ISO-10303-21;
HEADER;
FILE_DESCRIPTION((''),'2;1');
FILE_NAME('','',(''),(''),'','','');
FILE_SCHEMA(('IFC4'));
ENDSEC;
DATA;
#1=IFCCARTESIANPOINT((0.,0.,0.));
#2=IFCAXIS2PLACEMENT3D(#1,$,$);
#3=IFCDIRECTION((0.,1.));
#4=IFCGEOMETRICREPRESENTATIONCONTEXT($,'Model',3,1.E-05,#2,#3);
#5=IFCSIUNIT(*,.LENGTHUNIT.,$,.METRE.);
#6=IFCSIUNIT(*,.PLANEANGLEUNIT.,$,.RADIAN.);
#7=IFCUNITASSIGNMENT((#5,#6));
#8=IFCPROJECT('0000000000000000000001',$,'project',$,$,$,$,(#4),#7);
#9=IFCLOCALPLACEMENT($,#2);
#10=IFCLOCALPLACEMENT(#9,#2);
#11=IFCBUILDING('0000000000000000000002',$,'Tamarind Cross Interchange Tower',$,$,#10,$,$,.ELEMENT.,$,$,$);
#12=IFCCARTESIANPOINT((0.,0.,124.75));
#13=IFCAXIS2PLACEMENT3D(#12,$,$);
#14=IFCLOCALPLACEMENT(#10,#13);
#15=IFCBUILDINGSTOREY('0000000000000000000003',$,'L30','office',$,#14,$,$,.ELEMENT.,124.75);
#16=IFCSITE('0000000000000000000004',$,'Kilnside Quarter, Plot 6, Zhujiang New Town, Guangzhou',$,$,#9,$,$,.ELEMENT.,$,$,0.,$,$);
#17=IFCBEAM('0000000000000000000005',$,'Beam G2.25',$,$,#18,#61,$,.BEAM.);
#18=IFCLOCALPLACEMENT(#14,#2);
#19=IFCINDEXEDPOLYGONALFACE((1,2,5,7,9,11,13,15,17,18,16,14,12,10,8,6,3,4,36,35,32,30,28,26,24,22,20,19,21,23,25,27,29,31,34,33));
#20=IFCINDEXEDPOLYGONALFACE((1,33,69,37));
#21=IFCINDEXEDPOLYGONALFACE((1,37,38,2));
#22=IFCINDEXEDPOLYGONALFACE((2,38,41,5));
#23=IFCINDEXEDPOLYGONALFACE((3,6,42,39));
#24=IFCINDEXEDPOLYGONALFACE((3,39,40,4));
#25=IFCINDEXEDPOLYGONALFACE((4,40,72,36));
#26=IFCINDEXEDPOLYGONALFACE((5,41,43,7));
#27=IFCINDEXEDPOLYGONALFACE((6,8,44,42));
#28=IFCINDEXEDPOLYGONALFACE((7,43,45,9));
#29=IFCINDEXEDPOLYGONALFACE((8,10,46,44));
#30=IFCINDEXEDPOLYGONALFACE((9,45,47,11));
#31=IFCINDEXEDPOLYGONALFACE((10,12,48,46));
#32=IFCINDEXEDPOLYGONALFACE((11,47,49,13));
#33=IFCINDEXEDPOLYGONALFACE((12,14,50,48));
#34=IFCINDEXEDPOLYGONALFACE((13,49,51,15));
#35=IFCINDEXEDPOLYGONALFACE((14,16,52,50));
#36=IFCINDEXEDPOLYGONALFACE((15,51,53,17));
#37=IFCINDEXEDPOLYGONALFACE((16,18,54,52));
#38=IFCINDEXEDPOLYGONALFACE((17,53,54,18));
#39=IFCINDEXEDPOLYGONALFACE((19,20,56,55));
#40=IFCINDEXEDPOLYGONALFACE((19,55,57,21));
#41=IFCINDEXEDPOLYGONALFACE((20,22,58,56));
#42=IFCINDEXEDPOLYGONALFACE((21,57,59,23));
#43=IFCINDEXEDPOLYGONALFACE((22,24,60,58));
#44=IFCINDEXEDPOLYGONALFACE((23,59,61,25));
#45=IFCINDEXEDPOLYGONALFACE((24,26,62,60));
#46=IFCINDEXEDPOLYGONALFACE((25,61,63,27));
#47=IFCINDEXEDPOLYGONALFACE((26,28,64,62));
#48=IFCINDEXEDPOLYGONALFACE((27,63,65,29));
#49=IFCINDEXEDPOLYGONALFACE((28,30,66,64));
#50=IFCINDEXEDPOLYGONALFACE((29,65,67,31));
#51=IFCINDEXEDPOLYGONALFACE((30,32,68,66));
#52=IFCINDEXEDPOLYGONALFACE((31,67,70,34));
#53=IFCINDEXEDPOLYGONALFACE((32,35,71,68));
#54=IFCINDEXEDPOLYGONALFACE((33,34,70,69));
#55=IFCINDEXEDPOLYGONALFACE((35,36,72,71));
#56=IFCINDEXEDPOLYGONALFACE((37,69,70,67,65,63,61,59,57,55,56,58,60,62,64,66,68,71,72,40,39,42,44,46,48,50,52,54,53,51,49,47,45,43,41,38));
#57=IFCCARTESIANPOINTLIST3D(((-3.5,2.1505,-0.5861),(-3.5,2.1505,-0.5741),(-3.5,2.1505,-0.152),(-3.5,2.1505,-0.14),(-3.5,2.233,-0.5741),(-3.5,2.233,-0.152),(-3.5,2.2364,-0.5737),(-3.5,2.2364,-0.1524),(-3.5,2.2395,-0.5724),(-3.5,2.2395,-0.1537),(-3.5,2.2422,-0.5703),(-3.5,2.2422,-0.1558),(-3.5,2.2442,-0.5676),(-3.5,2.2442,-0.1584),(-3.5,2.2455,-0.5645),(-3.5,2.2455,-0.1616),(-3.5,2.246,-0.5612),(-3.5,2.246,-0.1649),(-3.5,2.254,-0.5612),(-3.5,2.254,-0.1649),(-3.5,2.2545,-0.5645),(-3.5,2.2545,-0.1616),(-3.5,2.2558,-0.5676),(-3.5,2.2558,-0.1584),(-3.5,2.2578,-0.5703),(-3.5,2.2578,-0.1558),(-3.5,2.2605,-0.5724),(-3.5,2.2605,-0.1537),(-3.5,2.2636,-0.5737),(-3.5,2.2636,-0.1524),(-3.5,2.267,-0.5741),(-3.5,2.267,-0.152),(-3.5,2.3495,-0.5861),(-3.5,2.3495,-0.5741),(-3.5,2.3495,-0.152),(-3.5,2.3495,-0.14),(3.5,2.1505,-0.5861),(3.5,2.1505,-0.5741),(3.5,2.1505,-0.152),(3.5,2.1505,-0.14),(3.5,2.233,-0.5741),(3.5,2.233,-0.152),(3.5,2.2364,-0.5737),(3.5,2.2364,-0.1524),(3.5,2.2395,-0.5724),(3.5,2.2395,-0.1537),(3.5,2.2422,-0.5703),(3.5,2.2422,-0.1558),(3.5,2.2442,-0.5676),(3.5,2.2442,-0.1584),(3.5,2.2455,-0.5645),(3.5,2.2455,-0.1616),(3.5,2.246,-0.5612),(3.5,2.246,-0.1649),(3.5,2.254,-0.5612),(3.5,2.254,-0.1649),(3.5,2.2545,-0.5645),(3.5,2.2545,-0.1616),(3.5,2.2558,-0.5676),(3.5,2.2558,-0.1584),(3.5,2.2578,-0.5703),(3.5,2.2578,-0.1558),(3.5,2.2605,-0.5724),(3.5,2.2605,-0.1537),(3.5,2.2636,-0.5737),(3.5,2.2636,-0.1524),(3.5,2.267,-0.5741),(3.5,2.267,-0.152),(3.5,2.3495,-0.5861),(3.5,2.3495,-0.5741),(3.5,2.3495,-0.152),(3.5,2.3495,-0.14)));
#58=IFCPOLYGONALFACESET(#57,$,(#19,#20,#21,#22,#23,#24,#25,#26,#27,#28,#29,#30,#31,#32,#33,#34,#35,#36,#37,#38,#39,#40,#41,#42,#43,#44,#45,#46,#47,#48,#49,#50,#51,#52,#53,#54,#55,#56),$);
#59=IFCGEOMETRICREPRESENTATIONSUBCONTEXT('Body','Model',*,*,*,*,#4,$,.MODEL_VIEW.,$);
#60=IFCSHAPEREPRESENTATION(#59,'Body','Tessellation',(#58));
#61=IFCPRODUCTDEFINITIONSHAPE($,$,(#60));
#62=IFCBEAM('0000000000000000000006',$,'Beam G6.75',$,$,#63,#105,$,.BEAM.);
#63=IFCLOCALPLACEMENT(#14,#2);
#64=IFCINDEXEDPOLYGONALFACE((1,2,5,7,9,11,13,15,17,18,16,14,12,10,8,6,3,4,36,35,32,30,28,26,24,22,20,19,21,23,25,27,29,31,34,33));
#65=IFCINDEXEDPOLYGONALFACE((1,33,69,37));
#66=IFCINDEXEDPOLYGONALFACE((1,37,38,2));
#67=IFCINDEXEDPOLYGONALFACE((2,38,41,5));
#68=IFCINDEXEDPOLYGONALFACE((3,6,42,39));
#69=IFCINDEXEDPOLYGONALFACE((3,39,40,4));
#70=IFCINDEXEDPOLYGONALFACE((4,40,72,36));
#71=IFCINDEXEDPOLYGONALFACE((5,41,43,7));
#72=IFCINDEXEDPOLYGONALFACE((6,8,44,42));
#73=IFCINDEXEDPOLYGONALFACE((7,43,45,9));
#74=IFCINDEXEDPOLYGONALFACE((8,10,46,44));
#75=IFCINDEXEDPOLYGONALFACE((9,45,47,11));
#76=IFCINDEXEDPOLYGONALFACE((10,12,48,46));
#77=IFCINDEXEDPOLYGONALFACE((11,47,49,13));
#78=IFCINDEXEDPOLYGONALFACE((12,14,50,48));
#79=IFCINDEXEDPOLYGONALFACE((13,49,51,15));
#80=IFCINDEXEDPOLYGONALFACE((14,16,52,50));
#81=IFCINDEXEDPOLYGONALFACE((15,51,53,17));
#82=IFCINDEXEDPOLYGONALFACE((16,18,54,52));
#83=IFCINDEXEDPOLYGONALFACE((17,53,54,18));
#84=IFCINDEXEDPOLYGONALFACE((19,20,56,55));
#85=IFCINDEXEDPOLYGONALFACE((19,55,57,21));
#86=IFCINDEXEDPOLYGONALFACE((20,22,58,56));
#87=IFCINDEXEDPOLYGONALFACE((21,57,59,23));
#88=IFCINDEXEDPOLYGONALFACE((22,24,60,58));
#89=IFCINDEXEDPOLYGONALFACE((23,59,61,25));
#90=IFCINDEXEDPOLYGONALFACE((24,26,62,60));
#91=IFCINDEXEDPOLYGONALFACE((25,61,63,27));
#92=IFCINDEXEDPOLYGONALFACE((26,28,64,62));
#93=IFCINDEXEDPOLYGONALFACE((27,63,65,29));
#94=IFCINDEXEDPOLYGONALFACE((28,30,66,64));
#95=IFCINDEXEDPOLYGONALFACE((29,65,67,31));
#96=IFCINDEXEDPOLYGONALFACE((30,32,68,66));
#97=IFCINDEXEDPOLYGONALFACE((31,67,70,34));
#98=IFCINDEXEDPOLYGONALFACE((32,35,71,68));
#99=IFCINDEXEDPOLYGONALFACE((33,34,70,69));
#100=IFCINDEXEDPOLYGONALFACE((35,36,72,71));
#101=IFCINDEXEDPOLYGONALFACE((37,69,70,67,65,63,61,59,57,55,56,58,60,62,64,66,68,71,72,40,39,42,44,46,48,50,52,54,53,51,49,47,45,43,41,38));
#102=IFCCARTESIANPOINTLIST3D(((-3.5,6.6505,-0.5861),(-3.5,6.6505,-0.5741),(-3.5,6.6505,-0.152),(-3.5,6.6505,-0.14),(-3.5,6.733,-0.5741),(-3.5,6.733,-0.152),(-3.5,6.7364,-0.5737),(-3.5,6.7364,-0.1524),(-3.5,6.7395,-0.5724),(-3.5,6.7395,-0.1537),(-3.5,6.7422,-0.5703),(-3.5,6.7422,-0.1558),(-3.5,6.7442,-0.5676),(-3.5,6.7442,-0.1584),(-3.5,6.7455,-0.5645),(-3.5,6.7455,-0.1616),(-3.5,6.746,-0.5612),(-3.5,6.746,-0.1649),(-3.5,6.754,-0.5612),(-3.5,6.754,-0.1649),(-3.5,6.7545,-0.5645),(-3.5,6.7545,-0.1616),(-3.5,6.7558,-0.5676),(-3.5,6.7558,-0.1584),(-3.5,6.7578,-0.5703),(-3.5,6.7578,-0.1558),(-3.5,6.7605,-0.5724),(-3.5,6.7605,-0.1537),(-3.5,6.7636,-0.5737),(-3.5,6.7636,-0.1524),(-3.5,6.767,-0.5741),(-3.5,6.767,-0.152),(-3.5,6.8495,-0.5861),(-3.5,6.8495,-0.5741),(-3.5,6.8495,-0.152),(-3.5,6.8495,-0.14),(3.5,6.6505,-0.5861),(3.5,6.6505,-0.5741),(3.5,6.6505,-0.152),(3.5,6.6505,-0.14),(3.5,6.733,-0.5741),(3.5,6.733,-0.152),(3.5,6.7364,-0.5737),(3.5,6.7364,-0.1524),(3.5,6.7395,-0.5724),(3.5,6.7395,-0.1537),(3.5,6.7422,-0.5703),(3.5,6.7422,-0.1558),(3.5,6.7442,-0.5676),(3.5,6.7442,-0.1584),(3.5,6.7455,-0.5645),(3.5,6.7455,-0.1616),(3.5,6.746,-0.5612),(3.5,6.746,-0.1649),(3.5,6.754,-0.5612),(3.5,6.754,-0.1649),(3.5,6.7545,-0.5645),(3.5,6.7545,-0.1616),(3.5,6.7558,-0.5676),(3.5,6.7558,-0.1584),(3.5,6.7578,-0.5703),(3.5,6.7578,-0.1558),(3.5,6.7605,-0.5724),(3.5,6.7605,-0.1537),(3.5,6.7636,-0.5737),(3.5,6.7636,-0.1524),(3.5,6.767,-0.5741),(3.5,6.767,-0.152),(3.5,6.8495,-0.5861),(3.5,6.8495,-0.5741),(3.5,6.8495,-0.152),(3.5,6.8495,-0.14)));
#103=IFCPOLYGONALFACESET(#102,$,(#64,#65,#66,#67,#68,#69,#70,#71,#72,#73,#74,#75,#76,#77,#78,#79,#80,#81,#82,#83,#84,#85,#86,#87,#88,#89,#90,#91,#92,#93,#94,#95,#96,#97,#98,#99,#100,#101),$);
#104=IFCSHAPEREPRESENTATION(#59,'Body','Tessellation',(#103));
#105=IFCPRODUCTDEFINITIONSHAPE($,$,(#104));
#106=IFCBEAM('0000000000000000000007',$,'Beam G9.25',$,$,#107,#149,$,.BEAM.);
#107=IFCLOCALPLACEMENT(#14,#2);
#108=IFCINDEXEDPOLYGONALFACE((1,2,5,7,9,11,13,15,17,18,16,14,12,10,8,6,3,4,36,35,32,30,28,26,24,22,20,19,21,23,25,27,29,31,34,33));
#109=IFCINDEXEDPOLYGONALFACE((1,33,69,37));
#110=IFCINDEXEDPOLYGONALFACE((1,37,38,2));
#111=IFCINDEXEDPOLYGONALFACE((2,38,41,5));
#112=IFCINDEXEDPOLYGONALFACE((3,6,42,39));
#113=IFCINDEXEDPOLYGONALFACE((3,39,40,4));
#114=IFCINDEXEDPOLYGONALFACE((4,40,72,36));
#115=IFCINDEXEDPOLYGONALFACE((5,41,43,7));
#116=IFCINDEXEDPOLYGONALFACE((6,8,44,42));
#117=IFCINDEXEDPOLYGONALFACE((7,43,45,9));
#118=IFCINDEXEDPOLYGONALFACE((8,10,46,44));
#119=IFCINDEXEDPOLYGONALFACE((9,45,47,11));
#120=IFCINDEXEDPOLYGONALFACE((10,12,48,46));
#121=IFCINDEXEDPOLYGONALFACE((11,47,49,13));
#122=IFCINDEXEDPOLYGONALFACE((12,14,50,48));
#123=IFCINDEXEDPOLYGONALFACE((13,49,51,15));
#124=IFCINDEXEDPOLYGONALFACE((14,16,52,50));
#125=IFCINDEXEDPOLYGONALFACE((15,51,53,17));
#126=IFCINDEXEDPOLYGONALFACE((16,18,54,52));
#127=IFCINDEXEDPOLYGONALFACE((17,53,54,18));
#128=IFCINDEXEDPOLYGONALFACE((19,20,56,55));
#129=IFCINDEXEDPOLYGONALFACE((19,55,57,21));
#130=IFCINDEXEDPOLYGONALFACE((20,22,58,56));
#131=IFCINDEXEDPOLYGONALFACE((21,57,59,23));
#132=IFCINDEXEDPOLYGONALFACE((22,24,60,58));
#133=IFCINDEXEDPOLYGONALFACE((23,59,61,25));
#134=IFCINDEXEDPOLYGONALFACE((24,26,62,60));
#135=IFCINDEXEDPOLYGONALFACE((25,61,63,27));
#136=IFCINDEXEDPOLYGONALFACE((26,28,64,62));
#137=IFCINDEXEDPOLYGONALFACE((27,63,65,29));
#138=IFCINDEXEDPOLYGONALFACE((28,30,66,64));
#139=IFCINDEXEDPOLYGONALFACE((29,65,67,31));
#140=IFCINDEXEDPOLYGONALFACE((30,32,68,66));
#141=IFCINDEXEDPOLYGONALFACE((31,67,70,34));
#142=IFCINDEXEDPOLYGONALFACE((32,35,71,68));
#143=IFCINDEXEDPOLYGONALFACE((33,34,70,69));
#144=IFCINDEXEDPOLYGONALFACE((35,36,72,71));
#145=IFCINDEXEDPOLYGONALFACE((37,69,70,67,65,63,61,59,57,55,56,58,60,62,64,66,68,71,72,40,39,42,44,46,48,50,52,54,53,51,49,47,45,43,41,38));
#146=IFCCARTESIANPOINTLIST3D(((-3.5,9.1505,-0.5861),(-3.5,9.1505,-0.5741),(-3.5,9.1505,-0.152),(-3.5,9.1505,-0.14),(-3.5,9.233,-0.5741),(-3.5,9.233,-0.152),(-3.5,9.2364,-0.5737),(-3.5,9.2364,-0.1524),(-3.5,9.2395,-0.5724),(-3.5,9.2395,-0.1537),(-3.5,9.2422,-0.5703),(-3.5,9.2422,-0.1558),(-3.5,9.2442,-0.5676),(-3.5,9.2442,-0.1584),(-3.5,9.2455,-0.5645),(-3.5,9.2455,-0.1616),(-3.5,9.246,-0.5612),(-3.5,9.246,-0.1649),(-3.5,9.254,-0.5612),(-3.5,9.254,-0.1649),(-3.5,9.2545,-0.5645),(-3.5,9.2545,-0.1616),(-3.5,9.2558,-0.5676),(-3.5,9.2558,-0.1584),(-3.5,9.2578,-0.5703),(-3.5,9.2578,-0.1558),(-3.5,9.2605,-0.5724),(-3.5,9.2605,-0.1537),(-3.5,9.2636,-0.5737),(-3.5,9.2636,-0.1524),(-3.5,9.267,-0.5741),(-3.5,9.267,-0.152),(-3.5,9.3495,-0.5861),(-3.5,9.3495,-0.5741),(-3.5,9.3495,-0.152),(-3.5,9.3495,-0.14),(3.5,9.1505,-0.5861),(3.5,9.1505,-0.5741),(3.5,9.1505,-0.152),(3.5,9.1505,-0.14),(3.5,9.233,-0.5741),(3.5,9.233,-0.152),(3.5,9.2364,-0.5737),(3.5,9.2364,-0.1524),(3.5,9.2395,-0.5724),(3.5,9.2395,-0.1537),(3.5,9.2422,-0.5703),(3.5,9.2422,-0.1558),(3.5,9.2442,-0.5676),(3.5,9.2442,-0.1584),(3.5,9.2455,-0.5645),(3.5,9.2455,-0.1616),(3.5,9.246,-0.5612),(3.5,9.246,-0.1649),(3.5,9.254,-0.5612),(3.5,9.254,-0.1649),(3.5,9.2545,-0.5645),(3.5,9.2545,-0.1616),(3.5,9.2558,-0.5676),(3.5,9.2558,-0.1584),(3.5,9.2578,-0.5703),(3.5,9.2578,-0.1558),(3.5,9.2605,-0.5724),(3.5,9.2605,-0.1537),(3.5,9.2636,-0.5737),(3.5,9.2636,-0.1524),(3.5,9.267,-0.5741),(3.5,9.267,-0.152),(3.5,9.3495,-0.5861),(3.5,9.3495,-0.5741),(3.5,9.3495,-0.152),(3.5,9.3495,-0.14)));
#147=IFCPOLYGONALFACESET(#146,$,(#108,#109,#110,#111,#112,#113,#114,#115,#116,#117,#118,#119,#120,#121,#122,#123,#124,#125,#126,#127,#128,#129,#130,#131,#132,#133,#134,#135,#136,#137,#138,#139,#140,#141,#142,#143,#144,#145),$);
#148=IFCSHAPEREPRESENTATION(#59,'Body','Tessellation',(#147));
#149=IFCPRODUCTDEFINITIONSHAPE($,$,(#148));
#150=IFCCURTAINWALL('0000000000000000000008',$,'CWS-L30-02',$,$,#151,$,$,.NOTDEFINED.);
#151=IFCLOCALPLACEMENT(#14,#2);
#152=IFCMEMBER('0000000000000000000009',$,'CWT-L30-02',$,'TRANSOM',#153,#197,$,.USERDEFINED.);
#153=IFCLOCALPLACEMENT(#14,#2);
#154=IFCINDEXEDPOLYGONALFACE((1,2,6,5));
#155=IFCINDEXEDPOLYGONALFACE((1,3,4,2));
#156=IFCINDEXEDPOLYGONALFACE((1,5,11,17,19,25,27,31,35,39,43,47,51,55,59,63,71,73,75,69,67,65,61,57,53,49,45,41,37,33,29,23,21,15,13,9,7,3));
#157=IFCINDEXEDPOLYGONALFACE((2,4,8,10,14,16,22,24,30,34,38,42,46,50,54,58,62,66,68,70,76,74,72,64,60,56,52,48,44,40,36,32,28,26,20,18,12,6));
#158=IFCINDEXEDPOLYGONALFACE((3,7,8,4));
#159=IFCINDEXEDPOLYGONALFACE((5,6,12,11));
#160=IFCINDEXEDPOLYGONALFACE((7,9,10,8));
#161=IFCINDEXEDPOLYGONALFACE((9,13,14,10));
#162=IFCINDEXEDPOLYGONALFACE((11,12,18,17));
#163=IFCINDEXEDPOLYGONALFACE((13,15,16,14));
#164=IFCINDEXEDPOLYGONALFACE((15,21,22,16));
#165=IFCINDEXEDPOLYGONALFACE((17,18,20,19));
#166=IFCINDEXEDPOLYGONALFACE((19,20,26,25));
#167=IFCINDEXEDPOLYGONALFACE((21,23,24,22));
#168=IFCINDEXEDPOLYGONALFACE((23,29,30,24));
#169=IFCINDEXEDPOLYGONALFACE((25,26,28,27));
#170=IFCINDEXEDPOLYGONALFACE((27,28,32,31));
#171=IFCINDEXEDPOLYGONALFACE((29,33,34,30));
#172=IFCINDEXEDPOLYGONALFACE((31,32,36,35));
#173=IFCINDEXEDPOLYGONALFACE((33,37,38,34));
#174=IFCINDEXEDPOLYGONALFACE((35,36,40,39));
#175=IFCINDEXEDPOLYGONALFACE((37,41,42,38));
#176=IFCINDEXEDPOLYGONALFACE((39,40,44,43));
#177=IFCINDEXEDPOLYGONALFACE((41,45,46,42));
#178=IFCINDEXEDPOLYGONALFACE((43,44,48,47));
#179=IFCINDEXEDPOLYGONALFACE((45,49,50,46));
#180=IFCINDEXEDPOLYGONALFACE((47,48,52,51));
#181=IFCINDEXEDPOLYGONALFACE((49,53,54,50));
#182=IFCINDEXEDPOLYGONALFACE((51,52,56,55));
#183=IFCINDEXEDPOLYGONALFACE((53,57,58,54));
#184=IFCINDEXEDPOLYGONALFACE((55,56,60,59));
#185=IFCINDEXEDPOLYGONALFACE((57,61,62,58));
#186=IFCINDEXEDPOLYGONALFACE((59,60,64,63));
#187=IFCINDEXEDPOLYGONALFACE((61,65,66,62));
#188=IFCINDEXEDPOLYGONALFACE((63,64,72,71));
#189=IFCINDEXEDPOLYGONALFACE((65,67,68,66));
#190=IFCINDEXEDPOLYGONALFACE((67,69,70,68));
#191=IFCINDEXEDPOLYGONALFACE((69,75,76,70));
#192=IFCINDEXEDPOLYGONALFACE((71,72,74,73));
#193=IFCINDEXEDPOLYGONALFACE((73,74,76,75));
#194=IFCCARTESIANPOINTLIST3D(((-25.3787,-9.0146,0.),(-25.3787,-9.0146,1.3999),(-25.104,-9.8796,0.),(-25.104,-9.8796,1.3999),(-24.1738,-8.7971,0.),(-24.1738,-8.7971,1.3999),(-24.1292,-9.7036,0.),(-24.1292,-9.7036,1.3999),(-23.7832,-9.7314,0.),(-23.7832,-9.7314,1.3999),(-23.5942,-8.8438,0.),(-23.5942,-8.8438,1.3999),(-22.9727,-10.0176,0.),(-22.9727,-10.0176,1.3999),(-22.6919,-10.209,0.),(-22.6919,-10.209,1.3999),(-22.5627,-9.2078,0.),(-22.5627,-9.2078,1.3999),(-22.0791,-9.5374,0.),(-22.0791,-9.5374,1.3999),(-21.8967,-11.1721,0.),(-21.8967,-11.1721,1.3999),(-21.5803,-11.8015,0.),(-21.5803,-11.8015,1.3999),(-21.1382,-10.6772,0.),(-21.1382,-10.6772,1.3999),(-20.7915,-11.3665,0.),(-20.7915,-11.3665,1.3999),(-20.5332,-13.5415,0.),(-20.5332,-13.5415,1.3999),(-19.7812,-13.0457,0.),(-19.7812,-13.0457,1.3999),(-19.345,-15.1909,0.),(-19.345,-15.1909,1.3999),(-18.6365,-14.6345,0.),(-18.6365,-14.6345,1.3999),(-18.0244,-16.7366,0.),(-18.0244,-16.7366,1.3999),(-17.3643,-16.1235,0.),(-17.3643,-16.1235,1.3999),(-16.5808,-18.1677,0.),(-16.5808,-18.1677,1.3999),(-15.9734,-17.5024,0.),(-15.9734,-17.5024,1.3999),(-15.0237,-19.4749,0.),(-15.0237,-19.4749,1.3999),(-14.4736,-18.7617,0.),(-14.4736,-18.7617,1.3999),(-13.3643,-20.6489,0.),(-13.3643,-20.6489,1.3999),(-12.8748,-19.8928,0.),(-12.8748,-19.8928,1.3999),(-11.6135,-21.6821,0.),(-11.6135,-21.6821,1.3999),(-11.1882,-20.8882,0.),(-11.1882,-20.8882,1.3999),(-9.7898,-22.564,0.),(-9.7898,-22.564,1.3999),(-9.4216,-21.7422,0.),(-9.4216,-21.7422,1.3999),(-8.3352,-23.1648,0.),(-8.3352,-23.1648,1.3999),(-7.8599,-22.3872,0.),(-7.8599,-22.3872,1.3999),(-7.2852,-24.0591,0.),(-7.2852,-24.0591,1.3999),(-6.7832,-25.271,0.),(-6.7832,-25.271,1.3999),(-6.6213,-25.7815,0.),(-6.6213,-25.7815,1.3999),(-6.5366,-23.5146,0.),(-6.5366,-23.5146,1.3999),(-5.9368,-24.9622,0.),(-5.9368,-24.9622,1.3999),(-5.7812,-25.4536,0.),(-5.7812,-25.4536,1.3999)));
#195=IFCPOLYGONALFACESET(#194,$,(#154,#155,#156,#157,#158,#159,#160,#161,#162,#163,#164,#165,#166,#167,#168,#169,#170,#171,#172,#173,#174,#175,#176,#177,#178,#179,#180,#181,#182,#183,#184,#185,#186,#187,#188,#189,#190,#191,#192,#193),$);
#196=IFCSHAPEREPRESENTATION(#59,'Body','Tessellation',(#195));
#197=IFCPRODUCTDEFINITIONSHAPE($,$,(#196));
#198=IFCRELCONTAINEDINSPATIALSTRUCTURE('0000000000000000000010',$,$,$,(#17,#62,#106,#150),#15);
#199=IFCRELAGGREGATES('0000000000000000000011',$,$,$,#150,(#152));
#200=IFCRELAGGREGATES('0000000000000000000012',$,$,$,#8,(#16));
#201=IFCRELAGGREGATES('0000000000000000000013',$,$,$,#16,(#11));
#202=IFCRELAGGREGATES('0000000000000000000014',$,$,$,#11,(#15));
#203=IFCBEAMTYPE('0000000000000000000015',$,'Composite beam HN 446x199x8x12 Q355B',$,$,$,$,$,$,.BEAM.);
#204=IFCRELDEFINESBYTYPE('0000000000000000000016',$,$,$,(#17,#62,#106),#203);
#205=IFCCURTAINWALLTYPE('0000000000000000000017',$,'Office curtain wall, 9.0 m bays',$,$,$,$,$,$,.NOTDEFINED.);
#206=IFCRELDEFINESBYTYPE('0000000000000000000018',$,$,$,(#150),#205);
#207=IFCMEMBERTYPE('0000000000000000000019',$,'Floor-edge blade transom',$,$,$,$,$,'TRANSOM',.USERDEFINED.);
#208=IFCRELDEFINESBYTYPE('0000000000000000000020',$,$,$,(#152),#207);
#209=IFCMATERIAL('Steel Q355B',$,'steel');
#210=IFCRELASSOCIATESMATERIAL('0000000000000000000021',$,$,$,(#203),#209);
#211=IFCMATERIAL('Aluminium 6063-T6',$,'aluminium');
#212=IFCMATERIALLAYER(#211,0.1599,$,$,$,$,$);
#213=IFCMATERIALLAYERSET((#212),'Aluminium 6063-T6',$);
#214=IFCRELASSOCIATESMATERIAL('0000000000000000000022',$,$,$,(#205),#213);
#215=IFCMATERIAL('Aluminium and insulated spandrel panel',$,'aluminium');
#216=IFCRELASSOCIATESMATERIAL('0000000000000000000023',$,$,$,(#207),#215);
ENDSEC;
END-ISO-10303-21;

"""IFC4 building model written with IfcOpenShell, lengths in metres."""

from ifc_helpers import new_model, si_unit, direction, frame, origin, origin_2d, place, context, subcontext, project, spatial, polyline, i_section, outline, extrude, material, layer, layer_set, material_profile, profile_set, type_object, element, aggregate, save


model = new_model("IFC4")

# Units and contexts
model_context = context("Model", 3, precision=1e-05, world=origin(), true_north=direction((0.0, 1.0)))
body_context = subcontext(model_context, "Body", "Model", "MODEL_VIEW")
ifc_project = project(units=[si_unit("LENGTHUNIT", "METRE"), si_unit("PLANEANGLEUNIT", "RADIAN")], contexts=[model_context])

# Site, building, storey
site_placement = place(None, origin())
site = spatial("IfcSite", under=ifc_project, at=site_placement, Name="Kilnside Quarter, Plot 6, Zhujiang New Town, Guangzhou", CompositionType="ELEMENT", RefElevation=0.0)
building_placement = place(site_placement, origin())
building = spatial("IfcBuilding", under=site, at=building_placement, Name="Tamarind Cross Interchange Tower", CompositionType="ELEMENT")
storey_placement = place(building_placement, frame((0.0, 0.0, 124.75)))
storey = spatial("IfcBuildingStorey", under=building, at=storey_placement, Name="L30", Description="office", CompositionType="ELEMENT", Elevation=124.75)

# Beams
ifc_material_1 = material(Name="Steel Q355B", Category="steel")
ifc_material_profile = material_profile(ifc_material_1, i_section(OverallWidth=0.199, OverallDepth=0.446, WebThickness=0.0081, FlangeThickness=0.012, FilletRadius=0.0129, at=origin_2d()), Name="HN 446x199x8x12")
ifc_profile_set = profile_set([ifc_material_profile], Name="Steel Q355B")
beam_type = type_object("IfcBeamType", Name="Composite beam HN 446x199x8x12 Q355B", PredefinedType="BEAM", material=ifc_profile_set)
for number, where, z_axis, x_axis, name in (
    (1, (-3.5, 2.25, -0.363), (1.0, 0.0, 0.0), (0.0, 1.0, 0.0), "Beam G2.25"),
    (2, (-3.5, 6.75, -0.363), (1.0, 0.0, 0.0), (0.0, 1.0, 0.0), "Beam G6.75"),
    (3, (-3.5, 9.25, -0.363), (1.0, 0.0, 0.0), (0.0, 1.0, 0.0), "Beam G9.25"),
):
    element("IfcBeam", number, at=place(storey_placement, frame(where, z_axis=z_axis, x_axis=x_axis)), inside=storey, type_object=beam_type, Name=name, PredefinedType="BEAM", context=body_context, shape_type="SweptSolid", body=[
        extrude(i_section(OverallWidth=0.199, OverallDepth=0.446, WebThickness=0.0081, FlangeThickness=0.012, FilletRadius=0.0129, at=origin_2d()), origin(), (0.0, 0.0, 1.0), 7.0),
    ])

# Curtain wall, member
ifc_material_2 = material(Name="Aluminium 6063-T6", Category="aluminium")
ifc_layer_1 = layer(ifc_material_2, 0.1599)
ifc_layer_set_1 = layer_set([ifc_layer_1], Name="Aluminium 6063-T6")
curtain_wall_type = type_object("IfcCurtainWallType", Name="Office curtain wall, 9.0 m bays", PredefinedType="NOTDEFINED", material=ifc_layer_set_1)
curtain_wall_1_placement = place(storey_placement, origin())
curtain_wall_1 = element("IfcCurtainWall", 4, at=curtain_wall_1_placement, inside=storey, type_object=curtain_wall_type, Name="CWS-L30-02", PredefinedType="NOTDEFINED")
ifc_material_3 = material(Name="Aluminium and insulated spandrel panel", Category="aluminium")
member_type = type_object("IfcMemberType", Name="Floor-edge blade transom", ElementType="TRANSOM", PredefinedType="USERDEFINED", material=ifc_material_3)
member_1_placement = place(storey_placement, origin())
member_1 = element("IfcMember", 5, at=member_1_placement, type_object=member_type, Name="CWT-L30-02", ObjectType="TRANSOM", PredefinedType="USERDEFINED", context=body_context, shape_type="SweptSolid", body=[
    extrude(outline(polyline([(-25.3787, -9.0146), (-24.1738, -8.7971), (-23.5942, -8.8438), (-22.5627, -9.2078), (-22.0791, -9.5374), (-21.1382, -10.6772), (-20.7915, -11.3665), (-19.7812, -13.0457), (-18.6365, -14.6345), (-17.3643, -16.1235), (-15.9734, -17.5024), (-14.4736, -18.7617), (-12.8748, -19.8928), (-11.1882, -20.8882), (-9.4216, -21.7422), (-7.8599, -22.3872), (-6.5366, -23.5146), (-5.9368, -24.9622), (-5.7812, -25.4536), (-6.6213, -25.7815), (-6.7832, -25.271), (-7.2852, -24.0591), (-8.3352, -23.1648), (-9.7898, -22.564), (-11.6135, -21.6821), (-13.3643, -20.6489), (-15.0237, -19.4749), (-16.5808, -18.1677), (-18.0244, -16.7366), (-19.345, -15.1909), (-20.5332, -13.5415), (-21.5803, -11.8015), (-21.8967, -11.1721), (-22.6919, -10.209), (-22.9727, -10.0176), (-23.7832, -9.7314), (-24.1292, -9.7036), (-25.104, -9.8796), (-25.3787, -9.0146)])), origin(), (0.0, 0.0, 1.0), 1.3999),
])
aggregate(curtain_wall_1, [member_1])

save(model, "model.ifc")
